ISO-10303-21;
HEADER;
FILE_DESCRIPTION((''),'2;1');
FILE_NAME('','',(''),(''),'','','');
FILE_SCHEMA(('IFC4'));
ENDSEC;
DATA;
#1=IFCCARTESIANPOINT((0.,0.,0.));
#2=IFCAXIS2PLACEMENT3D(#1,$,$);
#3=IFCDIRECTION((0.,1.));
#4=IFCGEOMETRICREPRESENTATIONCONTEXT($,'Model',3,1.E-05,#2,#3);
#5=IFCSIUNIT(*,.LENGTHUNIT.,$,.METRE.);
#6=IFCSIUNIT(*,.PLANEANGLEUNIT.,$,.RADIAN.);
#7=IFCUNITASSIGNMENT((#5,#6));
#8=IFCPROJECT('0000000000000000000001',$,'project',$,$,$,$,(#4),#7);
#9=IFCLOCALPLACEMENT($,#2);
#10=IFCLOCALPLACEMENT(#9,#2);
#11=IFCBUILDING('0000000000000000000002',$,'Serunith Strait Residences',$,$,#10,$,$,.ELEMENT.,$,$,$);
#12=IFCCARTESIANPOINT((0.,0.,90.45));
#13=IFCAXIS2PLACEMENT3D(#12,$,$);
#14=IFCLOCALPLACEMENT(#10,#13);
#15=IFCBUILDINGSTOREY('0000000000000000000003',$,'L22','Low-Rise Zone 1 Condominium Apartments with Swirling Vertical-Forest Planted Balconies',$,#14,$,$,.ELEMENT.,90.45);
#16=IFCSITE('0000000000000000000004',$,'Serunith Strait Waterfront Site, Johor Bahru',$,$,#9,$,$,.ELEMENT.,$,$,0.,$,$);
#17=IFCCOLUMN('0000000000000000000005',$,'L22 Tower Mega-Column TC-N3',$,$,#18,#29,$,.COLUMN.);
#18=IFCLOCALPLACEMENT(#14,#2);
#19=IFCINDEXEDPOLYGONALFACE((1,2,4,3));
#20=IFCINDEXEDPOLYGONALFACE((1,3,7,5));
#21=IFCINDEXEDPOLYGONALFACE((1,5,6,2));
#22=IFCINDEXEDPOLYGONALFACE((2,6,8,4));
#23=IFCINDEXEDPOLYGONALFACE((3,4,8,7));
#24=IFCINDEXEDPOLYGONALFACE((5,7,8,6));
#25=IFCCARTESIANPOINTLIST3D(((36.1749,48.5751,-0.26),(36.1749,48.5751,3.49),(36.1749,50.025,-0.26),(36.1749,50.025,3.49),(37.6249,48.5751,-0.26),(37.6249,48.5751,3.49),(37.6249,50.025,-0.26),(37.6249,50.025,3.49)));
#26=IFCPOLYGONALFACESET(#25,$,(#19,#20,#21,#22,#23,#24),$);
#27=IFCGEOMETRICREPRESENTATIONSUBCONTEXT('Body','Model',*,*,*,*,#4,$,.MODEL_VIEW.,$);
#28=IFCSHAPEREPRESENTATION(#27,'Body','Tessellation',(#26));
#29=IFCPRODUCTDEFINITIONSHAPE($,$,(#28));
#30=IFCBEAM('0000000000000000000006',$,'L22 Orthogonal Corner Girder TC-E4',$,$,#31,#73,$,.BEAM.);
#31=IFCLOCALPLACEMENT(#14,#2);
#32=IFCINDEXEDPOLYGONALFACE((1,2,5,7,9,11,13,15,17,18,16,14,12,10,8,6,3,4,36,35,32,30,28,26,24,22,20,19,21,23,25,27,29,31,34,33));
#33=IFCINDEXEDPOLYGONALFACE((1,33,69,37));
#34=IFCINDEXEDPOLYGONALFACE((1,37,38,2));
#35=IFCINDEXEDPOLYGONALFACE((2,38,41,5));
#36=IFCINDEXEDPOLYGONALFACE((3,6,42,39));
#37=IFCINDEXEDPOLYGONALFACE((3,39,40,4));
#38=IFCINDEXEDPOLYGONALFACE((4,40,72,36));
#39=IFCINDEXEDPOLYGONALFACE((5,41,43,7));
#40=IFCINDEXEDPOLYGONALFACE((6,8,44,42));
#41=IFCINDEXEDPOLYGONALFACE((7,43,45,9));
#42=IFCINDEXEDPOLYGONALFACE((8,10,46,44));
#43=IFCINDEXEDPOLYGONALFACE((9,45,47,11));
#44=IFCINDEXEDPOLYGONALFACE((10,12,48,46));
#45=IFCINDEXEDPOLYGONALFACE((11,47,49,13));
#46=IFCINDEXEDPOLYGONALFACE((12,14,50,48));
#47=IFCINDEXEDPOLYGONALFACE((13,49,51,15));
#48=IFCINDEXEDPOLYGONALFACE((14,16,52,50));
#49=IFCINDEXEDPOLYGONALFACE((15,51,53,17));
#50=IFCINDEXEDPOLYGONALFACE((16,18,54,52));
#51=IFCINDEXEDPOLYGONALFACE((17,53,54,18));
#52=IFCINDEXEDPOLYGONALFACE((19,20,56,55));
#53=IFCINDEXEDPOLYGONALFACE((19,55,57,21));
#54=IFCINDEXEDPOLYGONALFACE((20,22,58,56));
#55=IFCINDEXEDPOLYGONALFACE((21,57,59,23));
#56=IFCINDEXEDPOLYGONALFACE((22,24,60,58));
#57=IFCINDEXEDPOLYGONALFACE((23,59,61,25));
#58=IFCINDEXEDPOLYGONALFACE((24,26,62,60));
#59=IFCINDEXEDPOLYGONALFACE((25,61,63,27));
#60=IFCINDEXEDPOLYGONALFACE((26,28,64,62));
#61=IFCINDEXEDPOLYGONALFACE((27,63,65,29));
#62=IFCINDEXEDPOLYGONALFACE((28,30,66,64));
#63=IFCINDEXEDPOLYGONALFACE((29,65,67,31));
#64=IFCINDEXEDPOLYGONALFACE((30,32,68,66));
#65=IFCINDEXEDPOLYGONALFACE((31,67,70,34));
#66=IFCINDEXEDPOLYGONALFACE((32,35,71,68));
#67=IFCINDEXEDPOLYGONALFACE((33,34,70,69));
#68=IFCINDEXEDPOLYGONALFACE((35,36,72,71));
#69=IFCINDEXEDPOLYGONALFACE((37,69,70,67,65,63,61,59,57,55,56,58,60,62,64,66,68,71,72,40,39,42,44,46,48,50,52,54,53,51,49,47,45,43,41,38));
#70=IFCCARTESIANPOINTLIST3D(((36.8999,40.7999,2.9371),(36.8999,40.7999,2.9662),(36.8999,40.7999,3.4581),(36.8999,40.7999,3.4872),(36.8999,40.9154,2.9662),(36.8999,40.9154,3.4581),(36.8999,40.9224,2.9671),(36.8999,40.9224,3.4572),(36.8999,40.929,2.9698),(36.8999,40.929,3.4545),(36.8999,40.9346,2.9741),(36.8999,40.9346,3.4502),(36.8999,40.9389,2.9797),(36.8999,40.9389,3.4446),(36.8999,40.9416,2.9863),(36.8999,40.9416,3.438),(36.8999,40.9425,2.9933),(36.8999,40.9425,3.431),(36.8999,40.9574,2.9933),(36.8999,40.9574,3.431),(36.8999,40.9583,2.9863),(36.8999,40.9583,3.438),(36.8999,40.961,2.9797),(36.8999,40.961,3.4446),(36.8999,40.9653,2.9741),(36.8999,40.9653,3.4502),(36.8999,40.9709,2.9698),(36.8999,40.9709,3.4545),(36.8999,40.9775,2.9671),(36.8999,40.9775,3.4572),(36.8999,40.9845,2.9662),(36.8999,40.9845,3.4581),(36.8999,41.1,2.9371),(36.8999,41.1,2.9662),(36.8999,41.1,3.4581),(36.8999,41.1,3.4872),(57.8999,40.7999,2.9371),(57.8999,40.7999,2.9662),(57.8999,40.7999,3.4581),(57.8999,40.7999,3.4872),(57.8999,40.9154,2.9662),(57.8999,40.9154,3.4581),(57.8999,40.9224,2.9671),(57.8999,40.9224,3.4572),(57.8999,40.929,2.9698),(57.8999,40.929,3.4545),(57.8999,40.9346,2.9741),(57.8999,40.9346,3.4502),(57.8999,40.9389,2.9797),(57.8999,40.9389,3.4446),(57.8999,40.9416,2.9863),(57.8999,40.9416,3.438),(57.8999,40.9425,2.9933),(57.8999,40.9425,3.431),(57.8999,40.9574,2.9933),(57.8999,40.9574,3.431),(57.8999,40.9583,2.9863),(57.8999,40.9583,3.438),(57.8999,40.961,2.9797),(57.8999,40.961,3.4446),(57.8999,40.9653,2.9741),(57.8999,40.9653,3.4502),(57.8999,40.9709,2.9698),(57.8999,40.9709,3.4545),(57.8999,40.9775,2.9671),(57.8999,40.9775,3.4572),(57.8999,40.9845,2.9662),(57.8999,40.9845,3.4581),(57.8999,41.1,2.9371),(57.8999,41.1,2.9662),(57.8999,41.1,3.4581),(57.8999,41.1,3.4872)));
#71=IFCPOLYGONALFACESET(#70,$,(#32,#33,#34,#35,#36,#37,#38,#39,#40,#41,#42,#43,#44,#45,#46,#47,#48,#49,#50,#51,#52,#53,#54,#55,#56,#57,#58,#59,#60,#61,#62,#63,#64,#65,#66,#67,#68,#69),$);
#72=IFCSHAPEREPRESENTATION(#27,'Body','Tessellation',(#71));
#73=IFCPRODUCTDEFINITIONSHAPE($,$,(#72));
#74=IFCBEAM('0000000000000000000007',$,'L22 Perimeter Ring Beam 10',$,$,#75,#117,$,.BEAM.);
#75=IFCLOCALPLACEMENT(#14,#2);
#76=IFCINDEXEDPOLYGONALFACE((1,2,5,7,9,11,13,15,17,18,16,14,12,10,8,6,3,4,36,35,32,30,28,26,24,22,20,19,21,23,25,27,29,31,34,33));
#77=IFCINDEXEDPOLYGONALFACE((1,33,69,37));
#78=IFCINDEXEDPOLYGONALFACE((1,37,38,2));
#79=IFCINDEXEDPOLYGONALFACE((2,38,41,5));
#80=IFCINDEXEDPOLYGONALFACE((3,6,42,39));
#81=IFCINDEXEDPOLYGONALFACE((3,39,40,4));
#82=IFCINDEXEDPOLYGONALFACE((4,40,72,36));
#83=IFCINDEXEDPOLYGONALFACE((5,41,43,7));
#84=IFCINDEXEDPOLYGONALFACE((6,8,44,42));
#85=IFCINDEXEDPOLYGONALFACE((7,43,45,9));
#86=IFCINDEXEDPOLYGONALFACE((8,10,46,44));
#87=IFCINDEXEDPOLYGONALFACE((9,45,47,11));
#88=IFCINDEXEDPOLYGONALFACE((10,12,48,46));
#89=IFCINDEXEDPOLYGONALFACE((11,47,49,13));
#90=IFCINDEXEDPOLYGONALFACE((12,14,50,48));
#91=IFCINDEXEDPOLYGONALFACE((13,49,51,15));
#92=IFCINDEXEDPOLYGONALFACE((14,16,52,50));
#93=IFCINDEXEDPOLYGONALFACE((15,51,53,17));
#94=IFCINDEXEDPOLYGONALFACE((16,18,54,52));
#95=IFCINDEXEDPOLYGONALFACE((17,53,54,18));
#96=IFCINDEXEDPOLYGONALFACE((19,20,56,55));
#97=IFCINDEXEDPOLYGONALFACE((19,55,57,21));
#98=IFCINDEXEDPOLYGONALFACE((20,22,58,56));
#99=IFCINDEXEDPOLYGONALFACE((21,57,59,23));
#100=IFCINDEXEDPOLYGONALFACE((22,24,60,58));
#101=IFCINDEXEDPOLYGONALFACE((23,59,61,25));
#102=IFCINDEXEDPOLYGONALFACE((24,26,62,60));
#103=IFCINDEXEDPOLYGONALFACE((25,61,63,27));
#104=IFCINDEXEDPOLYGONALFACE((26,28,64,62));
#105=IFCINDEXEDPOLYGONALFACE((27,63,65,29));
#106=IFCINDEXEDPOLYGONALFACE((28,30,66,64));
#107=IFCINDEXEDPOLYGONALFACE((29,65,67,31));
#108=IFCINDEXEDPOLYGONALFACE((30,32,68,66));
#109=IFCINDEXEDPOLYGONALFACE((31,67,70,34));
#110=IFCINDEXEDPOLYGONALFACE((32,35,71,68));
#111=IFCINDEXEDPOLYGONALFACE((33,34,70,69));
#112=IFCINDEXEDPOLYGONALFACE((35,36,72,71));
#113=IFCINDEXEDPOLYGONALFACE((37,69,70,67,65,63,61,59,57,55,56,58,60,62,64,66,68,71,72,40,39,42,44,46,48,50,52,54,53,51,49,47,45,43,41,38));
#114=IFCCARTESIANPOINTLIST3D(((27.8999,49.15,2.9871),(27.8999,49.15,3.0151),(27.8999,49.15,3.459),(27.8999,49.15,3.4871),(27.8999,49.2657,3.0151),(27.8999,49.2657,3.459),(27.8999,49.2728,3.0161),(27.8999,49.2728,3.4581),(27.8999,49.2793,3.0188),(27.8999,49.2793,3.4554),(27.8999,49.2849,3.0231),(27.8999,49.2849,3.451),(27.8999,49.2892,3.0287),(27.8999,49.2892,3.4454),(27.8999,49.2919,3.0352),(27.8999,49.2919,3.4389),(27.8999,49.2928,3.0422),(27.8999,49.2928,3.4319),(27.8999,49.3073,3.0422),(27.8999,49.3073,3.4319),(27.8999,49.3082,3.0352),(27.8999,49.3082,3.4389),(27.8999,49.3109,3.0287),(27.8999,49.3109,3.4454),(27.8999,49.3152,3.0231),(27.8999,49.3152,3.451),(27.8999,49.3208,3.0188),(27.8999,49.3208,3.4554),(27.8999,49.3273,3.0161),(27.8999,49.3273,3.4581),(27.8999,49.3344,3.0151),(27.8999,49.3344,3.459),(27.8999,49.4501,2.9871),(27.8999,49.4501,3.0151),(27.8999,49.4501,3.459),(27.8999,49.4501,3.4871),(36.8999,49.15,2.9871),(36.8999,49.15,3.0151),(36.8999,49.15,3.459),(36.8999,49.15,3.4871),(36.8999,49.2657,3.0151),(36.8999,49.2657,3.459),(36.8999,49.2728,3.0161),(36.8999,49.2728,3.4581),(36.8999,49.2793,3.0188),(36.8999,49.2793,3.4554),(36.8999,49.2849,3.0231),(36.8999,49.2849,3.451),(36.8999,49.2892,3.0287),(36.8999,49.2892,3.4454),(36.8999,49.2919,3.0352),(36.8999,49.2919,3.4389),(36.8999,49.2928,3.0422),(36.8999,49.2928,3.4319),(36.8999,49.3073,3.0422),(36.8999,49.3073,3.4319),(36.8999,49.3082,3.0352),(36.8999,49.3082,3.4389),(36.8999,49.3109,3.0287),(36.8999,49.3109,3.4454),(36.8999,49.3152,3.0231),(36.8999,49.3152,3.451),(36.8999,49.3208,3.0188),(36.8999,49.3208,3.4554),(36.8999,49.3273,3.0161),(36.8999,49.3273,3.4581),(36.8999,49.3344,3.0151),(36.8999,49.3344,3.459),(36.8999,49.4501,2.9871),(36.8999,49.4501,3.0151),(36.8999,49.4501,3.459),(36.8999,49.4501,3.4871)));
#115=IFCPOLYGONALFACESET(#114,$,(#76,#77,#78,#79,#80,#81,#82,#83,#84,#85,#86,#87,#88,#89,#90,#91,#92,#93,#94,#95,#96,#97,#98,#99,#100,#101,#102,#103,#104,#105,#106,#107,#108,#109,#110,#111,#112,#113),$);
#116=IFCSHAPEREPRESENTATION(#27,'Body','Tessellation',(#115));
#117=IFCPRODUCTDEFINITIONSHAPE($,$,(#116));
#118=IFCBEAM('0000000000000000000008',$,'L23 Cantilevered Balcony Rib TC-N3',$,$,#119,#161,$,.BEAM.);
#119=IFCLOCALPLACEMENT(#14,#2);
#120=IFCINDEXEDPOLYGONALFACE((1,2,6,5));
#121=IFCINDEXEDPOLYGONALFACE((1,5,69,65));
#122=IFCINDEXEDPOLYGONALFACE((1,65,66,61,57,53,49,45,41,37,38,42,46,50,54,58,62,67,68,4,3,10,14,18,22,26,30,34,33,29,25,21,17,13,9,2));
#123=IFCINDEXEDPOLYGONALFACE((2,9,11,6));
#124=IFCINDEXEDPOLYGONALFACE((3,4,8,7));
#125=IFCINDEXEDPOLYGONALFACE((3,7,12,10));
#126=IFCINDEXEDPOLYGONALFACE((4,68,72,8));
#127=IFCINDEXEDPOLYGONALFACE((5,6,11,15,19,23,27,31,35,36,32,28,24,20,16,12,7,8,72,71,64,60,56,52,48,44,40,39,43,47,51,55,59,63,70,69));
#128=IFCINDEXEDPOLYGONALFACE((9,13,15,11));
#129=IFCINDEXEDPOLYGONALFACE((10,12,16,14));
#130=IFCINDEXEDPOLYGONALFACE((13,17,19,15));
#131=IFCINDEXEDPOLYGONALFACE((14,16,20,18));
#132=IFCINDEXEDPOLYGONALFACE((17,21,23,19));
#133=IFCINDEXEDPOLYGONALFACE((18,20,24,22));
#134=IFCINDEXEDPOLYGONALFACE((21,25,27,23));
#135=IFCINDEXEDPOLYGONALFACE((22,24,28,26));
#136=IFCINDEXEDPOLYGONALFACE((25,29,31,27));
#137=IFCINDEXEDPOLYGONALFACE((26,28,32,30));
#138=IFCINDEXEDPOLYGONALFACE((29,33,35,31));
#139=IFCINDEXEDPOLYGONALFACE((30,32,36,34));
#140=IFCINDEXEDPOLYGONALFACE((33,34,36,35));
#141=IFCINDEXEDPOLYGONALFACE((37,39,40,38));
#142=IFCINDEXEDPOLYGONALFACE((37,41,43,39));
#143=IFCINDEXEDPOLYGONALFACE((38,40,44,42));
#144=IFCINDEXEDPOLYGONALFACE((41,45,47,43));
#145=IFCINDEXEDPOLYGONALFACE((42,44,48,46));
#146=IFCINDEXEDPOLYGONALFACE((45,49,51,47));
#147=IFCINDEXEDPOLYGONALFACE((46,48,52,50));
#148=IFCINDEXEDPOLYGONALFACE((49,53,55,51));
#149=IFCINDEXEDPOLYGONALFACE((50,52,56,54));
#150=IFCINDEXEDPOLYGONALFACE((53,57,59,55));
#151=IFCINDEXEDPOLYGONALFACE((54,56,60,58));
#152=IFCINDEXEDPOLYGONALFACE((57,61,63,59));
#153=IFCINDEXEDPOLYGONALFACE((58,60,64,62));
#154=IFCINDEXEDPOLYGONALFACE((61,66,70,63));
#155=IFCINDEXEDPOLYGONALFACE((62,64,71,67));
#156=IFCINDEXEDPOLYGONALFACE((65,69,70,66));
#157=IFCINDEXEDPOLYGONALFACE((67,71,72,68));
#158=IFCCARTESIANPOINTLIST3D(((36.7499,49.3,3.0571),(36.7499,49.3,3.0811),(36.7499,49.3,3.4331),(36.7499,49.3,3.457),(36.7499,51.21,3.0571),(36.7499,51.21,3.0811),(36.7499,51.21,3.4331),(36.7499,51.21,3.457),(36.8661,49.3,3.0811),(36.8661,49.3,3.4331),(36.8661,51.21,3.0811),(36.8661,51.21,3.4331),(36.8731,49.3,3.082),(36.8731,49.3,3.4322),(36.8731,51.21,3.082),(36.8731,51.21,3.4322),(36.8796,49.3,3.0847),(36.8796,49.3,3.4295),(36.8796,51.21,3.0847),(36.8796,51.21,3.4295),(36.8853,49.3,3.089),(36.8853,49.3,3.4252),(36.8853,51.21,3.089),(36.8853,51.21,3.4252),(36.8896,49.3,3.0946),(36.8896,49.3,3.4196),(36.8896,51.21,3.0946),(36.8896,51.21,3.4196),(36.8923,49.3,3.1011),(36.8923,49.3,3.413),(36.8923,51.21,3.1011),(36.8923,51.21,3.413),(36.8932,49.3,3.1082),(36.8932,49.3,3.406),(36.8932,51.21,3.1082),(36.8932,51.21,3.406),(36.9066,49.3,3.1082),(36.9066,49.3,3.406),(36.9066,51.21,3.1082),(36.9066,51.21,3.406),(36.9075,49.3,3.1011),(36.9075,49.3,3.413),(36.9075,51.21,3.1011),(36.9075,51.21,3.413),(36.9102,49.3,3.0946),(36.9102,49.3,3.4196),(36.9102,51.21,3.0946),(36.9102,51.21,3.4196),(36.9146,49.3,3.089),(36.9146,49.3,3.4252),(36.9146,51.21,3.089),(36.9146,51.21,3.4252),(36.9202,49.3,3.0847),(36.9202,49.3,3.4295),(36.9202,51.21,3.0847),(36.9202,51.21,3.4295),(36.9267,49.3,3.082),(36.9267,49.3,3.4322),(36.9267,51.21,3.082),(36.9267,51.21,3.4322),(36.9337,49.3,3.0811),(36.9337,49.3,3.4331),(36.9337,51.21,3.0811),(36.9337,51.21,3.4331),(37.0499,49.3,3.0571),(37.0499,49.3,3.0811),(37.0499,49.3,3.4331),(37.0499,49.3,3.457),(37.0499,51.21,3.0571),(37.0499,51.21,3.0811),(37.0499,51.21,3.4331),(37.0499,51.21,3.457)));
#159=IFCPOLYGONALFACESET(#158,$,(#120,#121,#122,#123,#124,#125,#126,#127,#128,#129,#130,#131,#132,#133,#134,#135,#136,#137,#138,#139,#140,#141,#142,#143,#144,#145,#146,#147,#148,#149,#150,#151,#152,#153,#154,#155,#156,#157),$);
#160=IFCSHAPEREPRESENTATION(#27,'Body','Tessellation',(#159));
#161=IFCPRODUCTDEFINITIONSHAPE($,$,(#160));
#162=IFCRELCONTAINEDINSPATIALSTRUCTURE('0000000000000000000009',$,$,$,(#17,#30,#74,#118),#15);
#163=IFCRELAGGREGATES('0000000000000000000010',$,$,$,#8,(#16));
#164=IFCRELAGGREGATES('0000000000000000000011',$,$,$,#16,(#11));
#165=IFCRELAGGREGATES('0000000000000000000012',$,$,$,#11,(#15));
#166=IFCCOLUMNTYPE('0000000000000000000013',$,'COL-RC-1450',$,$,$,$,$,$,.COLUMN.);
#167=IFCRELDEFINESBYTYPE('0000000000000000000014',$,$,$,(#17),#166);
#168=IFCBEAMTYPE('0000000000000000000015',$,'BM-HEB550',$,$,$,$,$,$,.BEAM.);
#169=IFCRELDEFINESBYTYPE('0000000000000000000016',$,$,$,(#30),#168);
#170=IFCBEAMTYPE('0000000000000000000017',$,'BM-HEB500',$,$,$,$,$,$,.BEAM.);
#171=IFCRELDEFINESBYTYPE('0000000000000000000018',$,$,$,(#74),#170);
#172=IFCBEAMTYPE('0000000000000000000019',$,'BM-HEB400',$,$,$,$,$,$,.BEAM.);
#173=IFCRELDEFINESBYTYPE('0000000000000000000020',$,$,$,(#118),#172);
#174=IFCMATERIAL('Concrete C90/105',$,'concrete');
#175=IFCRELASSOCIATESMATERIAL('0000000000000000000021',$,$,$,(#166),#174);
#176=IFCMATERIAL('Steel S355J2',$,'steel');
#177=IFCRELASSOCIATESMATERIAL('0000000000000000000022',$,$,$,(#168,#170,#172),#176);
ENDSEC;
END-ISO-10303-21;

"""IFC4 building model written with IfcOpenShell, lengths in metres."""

from ifc_helpers import new_model, si_unit, direction, frame, origin, origin_2d, place, context, subcontext, project, spatial, rectangle, i_section, extrude, source, transform, mapped, material, material_profile, profile_set, type_object, element, save


model = new_model("IFC4")

# Units and contexts
model_context = context("Model", 3, precision=1e-05, world=origin(), true_north=direction((0.0, 1.0)))
body_context = subcontext(model_context, "Body", "Model", "MODEL_VIEW")
ifc_project = project(units=[si_unit("LENGTHUNIT", "METRE"), si_unit("PLANEANGLEUNIT", "RADIAN")], contexts=[model_context])

# Site, building, storey
site_placement = place(None, origin())
site = spatial("IfcSite", under=ifc_project, at=site_placement, Name="Serunith Strait Waterfront Site, Johor Bahru", CompositionType="ELEMENT", RefElevation=0.0)
building_placement = place(site_placement, origin())
building = spatial("IfcBuilding", under=site, at=building_placement, Name="Serunith Strait Residences", CompositionType="ELEMENT")
storey_placement = place(building_placement, frame((0.0, 0.0, 90.45)))
storey = spatial("IfcBuildingStorey", under=building, at=storey_placement, Name="L22", Description="Low-Rise Zone 1 Condominium Apartments with Swirling Vertical-Forest Planted Balconies", CompositionType="ELEMENT", Elevation=90.45)

# Column
ifc_material_1 = material(Name="Concrete C90/105", Category="concrete")
ifc_material_profile_1 = material_profile(ifc_material_1, rectangle(XDim=1.45, YDim=1.45, at=origin_2d()), Name="RC 1450x1450")
ifc_profile_set_1 = profile_set([ifc_material_profile_1], Name="Concrete C90/105")
column_type = type_object("IfcColumnType", Name="COL-RC-1450", PredefinedType="COLUMN", material=ifc_profile_set_1)
shared_shape_1 = source(origin(), body_context, "Body", "SweptSolid", [
    extrude(rectangle(XDim=1.45, YDim=1.45, at=origin_2d()), origin(), (0.0, 0.0, 1.0), 3.75),
])
column_placement = place(storey_placement, frame((36.8999, 49.3, -0.26), z_axis=(0.0, 0.0, 1.0), x_axis=(1.0, 0.0, 0.0)))
element("IfcColumn", 1, at=column_placement, inside=storey, type_object=column_type, Name="L22 Tower Mega-Column TC-N3", PredefinedType="COLUMN", context=body_context, shape_type="MappedRepresentation", body=[
    mapped(shared_shape_1, transform((0.0, 0.0, 0.0), scale=1.0)),
])

# Beams
ifc_material_2 = material(Name="Steel S355J2", Category="steel")
ifc_material_profile_2 = material_profile(ifc_material_2, i_section(OverallWidth=0.3, OverallDepth=0.55, WebThickness=0.0149, FlangeThickness=0.0291, FilletRadius=0.0271, at=origin_2d()), Name="HEB 550")
ifc_profile_set_2 = profile_set([ifc_material_profile_2], Name="Steel S355J2")
beam_type_1 = type_object("IfcBeamType", Name="BM-HEB550", PredefinedType="BEAM", material=ifc_profile_set_2)
shared_shape_2 = source(origin(), body_context, "Body", "SweptSolid", [
    extrude(i_section(OverallWidth=0.3, OverallDepth=0.55, WebThickness=0.0149, FlangeThickness=0.0291, FilletRadius=0.0271, at=origin_2d()), origin(), (0.0, 0.0, 1.0), 21.0),
])
beam_1_placement = place(storey_placement, frame((36.8999, 40.95, 3.2122), z_axis=(1.0, 0.0, 0.0), x_axis=(0.0, 1.0, 0.0)))
element("IfcBeam", 2, at=beam_1_placement, inside=storey, type_object=beam_type_1, Name="L22 Orthogonal Corner Girder TC-E4", PredefinedType="BEAM", context=body_context, shape_type="MappedRepresentation", body=[
    mapped(shared_shape_2, transform((0.0, 0.0, 0.0), scale=1.0)),
])
ifc_material_profile_3 = material_profile(ifc_material_2, i_section(OverallWidth=0.3, OverallDepth=0.5, WebThickness=0.0144, FlangeThickness=0.0281, FilletRadius=0.0271, at=origin_2d()), Name="HEB 500")
ifc_profile_set_3 = profile_set([ifc_material_profile_3], Name="Steel S355J2")
beam_type_2 = type_object("IfcBeamType", Name="BM-HEB500", PredefinedType="BEAM", material=ifc_profile_set_3)
shared_shape_3 = source(origin(), body_context, "Body", "SweptSolid", [
    extrude(i_section(OverallWidth=0.3, OverallDepth=0.5, WebThickness=0.0144, FlangeThickness=0.0281, FilletRadius=0.0271, at=origin_2d()), origin(), (0.0, 0.0, 1.0), 9.0),
])
beam_2_placement = place(storey_placement, frame((36.8999, 49.3, 3.2371), z_axis=(-1.0, 0.0, 0.0), x_axis=(0.0, -1.0, 0.0)))
element("IfcBeam", 3, at=beam_2_placement, inside=storey, type_object=beam_type_2, Name="L22 Perimeter Ring Beam 10", PredefinedType="BEAM", context=body_context, shape_type="MappedRepresentation", body=[
    mapped(shared_shape_3, transform((0.0, 0.0, 0.0), scale=1.0)),
])
ifc_material_profile_4 = material_profile(ifc_material_2, i_section(OverallWidth=0.3, OverallDepth=0.3999, WebThickness=0.0134, FlangeThickness=0.0239, FilletRadius=0.0271, at=origin_2d()), Name="HEB 400")
ifc_profile_set_4 = profile_set([ifc_material_profile_4], Name="Steel S355J2")
beam_type_3 = type_object("IfcBeamType", Name="BM-HEB400", PredefinedType="BEAM", material=ifc_profile_set_4)
shared_shape_4 = source(origin(), body_context, "Body", "SweptSolid", [
    extrude(i_section(OverallWidth=0.3, OverallDepth=0.3999, WebThickness=0.0134, FlangeThickness=0.0239, FilletRadius=0.0271, at=origin_2d()), origin(), (0.0, 0.0, 1.0), 1.9099),
])
beam_3_placement = place(storey_placement, frame((36.8999, 49.3, 3.2571), z_axis=(0.0, 1.0, 0.0), x_axis=(-1.0, 0.0, 0.0)))
element("IfcBeam", 4, at=beam_3_placement, inside=storey, type_object=beam_type_3, Name="L23 Cantilevered Balcony Rib TC-N3", PredefinedType="BEAM", context=body_context, shape_type="MappedRepresentation", body=[
    mapped(shared_shape_4, transform((0.0, 0.0, 0.0), scale=1.0)),
])

save(model, "model.ifc")
